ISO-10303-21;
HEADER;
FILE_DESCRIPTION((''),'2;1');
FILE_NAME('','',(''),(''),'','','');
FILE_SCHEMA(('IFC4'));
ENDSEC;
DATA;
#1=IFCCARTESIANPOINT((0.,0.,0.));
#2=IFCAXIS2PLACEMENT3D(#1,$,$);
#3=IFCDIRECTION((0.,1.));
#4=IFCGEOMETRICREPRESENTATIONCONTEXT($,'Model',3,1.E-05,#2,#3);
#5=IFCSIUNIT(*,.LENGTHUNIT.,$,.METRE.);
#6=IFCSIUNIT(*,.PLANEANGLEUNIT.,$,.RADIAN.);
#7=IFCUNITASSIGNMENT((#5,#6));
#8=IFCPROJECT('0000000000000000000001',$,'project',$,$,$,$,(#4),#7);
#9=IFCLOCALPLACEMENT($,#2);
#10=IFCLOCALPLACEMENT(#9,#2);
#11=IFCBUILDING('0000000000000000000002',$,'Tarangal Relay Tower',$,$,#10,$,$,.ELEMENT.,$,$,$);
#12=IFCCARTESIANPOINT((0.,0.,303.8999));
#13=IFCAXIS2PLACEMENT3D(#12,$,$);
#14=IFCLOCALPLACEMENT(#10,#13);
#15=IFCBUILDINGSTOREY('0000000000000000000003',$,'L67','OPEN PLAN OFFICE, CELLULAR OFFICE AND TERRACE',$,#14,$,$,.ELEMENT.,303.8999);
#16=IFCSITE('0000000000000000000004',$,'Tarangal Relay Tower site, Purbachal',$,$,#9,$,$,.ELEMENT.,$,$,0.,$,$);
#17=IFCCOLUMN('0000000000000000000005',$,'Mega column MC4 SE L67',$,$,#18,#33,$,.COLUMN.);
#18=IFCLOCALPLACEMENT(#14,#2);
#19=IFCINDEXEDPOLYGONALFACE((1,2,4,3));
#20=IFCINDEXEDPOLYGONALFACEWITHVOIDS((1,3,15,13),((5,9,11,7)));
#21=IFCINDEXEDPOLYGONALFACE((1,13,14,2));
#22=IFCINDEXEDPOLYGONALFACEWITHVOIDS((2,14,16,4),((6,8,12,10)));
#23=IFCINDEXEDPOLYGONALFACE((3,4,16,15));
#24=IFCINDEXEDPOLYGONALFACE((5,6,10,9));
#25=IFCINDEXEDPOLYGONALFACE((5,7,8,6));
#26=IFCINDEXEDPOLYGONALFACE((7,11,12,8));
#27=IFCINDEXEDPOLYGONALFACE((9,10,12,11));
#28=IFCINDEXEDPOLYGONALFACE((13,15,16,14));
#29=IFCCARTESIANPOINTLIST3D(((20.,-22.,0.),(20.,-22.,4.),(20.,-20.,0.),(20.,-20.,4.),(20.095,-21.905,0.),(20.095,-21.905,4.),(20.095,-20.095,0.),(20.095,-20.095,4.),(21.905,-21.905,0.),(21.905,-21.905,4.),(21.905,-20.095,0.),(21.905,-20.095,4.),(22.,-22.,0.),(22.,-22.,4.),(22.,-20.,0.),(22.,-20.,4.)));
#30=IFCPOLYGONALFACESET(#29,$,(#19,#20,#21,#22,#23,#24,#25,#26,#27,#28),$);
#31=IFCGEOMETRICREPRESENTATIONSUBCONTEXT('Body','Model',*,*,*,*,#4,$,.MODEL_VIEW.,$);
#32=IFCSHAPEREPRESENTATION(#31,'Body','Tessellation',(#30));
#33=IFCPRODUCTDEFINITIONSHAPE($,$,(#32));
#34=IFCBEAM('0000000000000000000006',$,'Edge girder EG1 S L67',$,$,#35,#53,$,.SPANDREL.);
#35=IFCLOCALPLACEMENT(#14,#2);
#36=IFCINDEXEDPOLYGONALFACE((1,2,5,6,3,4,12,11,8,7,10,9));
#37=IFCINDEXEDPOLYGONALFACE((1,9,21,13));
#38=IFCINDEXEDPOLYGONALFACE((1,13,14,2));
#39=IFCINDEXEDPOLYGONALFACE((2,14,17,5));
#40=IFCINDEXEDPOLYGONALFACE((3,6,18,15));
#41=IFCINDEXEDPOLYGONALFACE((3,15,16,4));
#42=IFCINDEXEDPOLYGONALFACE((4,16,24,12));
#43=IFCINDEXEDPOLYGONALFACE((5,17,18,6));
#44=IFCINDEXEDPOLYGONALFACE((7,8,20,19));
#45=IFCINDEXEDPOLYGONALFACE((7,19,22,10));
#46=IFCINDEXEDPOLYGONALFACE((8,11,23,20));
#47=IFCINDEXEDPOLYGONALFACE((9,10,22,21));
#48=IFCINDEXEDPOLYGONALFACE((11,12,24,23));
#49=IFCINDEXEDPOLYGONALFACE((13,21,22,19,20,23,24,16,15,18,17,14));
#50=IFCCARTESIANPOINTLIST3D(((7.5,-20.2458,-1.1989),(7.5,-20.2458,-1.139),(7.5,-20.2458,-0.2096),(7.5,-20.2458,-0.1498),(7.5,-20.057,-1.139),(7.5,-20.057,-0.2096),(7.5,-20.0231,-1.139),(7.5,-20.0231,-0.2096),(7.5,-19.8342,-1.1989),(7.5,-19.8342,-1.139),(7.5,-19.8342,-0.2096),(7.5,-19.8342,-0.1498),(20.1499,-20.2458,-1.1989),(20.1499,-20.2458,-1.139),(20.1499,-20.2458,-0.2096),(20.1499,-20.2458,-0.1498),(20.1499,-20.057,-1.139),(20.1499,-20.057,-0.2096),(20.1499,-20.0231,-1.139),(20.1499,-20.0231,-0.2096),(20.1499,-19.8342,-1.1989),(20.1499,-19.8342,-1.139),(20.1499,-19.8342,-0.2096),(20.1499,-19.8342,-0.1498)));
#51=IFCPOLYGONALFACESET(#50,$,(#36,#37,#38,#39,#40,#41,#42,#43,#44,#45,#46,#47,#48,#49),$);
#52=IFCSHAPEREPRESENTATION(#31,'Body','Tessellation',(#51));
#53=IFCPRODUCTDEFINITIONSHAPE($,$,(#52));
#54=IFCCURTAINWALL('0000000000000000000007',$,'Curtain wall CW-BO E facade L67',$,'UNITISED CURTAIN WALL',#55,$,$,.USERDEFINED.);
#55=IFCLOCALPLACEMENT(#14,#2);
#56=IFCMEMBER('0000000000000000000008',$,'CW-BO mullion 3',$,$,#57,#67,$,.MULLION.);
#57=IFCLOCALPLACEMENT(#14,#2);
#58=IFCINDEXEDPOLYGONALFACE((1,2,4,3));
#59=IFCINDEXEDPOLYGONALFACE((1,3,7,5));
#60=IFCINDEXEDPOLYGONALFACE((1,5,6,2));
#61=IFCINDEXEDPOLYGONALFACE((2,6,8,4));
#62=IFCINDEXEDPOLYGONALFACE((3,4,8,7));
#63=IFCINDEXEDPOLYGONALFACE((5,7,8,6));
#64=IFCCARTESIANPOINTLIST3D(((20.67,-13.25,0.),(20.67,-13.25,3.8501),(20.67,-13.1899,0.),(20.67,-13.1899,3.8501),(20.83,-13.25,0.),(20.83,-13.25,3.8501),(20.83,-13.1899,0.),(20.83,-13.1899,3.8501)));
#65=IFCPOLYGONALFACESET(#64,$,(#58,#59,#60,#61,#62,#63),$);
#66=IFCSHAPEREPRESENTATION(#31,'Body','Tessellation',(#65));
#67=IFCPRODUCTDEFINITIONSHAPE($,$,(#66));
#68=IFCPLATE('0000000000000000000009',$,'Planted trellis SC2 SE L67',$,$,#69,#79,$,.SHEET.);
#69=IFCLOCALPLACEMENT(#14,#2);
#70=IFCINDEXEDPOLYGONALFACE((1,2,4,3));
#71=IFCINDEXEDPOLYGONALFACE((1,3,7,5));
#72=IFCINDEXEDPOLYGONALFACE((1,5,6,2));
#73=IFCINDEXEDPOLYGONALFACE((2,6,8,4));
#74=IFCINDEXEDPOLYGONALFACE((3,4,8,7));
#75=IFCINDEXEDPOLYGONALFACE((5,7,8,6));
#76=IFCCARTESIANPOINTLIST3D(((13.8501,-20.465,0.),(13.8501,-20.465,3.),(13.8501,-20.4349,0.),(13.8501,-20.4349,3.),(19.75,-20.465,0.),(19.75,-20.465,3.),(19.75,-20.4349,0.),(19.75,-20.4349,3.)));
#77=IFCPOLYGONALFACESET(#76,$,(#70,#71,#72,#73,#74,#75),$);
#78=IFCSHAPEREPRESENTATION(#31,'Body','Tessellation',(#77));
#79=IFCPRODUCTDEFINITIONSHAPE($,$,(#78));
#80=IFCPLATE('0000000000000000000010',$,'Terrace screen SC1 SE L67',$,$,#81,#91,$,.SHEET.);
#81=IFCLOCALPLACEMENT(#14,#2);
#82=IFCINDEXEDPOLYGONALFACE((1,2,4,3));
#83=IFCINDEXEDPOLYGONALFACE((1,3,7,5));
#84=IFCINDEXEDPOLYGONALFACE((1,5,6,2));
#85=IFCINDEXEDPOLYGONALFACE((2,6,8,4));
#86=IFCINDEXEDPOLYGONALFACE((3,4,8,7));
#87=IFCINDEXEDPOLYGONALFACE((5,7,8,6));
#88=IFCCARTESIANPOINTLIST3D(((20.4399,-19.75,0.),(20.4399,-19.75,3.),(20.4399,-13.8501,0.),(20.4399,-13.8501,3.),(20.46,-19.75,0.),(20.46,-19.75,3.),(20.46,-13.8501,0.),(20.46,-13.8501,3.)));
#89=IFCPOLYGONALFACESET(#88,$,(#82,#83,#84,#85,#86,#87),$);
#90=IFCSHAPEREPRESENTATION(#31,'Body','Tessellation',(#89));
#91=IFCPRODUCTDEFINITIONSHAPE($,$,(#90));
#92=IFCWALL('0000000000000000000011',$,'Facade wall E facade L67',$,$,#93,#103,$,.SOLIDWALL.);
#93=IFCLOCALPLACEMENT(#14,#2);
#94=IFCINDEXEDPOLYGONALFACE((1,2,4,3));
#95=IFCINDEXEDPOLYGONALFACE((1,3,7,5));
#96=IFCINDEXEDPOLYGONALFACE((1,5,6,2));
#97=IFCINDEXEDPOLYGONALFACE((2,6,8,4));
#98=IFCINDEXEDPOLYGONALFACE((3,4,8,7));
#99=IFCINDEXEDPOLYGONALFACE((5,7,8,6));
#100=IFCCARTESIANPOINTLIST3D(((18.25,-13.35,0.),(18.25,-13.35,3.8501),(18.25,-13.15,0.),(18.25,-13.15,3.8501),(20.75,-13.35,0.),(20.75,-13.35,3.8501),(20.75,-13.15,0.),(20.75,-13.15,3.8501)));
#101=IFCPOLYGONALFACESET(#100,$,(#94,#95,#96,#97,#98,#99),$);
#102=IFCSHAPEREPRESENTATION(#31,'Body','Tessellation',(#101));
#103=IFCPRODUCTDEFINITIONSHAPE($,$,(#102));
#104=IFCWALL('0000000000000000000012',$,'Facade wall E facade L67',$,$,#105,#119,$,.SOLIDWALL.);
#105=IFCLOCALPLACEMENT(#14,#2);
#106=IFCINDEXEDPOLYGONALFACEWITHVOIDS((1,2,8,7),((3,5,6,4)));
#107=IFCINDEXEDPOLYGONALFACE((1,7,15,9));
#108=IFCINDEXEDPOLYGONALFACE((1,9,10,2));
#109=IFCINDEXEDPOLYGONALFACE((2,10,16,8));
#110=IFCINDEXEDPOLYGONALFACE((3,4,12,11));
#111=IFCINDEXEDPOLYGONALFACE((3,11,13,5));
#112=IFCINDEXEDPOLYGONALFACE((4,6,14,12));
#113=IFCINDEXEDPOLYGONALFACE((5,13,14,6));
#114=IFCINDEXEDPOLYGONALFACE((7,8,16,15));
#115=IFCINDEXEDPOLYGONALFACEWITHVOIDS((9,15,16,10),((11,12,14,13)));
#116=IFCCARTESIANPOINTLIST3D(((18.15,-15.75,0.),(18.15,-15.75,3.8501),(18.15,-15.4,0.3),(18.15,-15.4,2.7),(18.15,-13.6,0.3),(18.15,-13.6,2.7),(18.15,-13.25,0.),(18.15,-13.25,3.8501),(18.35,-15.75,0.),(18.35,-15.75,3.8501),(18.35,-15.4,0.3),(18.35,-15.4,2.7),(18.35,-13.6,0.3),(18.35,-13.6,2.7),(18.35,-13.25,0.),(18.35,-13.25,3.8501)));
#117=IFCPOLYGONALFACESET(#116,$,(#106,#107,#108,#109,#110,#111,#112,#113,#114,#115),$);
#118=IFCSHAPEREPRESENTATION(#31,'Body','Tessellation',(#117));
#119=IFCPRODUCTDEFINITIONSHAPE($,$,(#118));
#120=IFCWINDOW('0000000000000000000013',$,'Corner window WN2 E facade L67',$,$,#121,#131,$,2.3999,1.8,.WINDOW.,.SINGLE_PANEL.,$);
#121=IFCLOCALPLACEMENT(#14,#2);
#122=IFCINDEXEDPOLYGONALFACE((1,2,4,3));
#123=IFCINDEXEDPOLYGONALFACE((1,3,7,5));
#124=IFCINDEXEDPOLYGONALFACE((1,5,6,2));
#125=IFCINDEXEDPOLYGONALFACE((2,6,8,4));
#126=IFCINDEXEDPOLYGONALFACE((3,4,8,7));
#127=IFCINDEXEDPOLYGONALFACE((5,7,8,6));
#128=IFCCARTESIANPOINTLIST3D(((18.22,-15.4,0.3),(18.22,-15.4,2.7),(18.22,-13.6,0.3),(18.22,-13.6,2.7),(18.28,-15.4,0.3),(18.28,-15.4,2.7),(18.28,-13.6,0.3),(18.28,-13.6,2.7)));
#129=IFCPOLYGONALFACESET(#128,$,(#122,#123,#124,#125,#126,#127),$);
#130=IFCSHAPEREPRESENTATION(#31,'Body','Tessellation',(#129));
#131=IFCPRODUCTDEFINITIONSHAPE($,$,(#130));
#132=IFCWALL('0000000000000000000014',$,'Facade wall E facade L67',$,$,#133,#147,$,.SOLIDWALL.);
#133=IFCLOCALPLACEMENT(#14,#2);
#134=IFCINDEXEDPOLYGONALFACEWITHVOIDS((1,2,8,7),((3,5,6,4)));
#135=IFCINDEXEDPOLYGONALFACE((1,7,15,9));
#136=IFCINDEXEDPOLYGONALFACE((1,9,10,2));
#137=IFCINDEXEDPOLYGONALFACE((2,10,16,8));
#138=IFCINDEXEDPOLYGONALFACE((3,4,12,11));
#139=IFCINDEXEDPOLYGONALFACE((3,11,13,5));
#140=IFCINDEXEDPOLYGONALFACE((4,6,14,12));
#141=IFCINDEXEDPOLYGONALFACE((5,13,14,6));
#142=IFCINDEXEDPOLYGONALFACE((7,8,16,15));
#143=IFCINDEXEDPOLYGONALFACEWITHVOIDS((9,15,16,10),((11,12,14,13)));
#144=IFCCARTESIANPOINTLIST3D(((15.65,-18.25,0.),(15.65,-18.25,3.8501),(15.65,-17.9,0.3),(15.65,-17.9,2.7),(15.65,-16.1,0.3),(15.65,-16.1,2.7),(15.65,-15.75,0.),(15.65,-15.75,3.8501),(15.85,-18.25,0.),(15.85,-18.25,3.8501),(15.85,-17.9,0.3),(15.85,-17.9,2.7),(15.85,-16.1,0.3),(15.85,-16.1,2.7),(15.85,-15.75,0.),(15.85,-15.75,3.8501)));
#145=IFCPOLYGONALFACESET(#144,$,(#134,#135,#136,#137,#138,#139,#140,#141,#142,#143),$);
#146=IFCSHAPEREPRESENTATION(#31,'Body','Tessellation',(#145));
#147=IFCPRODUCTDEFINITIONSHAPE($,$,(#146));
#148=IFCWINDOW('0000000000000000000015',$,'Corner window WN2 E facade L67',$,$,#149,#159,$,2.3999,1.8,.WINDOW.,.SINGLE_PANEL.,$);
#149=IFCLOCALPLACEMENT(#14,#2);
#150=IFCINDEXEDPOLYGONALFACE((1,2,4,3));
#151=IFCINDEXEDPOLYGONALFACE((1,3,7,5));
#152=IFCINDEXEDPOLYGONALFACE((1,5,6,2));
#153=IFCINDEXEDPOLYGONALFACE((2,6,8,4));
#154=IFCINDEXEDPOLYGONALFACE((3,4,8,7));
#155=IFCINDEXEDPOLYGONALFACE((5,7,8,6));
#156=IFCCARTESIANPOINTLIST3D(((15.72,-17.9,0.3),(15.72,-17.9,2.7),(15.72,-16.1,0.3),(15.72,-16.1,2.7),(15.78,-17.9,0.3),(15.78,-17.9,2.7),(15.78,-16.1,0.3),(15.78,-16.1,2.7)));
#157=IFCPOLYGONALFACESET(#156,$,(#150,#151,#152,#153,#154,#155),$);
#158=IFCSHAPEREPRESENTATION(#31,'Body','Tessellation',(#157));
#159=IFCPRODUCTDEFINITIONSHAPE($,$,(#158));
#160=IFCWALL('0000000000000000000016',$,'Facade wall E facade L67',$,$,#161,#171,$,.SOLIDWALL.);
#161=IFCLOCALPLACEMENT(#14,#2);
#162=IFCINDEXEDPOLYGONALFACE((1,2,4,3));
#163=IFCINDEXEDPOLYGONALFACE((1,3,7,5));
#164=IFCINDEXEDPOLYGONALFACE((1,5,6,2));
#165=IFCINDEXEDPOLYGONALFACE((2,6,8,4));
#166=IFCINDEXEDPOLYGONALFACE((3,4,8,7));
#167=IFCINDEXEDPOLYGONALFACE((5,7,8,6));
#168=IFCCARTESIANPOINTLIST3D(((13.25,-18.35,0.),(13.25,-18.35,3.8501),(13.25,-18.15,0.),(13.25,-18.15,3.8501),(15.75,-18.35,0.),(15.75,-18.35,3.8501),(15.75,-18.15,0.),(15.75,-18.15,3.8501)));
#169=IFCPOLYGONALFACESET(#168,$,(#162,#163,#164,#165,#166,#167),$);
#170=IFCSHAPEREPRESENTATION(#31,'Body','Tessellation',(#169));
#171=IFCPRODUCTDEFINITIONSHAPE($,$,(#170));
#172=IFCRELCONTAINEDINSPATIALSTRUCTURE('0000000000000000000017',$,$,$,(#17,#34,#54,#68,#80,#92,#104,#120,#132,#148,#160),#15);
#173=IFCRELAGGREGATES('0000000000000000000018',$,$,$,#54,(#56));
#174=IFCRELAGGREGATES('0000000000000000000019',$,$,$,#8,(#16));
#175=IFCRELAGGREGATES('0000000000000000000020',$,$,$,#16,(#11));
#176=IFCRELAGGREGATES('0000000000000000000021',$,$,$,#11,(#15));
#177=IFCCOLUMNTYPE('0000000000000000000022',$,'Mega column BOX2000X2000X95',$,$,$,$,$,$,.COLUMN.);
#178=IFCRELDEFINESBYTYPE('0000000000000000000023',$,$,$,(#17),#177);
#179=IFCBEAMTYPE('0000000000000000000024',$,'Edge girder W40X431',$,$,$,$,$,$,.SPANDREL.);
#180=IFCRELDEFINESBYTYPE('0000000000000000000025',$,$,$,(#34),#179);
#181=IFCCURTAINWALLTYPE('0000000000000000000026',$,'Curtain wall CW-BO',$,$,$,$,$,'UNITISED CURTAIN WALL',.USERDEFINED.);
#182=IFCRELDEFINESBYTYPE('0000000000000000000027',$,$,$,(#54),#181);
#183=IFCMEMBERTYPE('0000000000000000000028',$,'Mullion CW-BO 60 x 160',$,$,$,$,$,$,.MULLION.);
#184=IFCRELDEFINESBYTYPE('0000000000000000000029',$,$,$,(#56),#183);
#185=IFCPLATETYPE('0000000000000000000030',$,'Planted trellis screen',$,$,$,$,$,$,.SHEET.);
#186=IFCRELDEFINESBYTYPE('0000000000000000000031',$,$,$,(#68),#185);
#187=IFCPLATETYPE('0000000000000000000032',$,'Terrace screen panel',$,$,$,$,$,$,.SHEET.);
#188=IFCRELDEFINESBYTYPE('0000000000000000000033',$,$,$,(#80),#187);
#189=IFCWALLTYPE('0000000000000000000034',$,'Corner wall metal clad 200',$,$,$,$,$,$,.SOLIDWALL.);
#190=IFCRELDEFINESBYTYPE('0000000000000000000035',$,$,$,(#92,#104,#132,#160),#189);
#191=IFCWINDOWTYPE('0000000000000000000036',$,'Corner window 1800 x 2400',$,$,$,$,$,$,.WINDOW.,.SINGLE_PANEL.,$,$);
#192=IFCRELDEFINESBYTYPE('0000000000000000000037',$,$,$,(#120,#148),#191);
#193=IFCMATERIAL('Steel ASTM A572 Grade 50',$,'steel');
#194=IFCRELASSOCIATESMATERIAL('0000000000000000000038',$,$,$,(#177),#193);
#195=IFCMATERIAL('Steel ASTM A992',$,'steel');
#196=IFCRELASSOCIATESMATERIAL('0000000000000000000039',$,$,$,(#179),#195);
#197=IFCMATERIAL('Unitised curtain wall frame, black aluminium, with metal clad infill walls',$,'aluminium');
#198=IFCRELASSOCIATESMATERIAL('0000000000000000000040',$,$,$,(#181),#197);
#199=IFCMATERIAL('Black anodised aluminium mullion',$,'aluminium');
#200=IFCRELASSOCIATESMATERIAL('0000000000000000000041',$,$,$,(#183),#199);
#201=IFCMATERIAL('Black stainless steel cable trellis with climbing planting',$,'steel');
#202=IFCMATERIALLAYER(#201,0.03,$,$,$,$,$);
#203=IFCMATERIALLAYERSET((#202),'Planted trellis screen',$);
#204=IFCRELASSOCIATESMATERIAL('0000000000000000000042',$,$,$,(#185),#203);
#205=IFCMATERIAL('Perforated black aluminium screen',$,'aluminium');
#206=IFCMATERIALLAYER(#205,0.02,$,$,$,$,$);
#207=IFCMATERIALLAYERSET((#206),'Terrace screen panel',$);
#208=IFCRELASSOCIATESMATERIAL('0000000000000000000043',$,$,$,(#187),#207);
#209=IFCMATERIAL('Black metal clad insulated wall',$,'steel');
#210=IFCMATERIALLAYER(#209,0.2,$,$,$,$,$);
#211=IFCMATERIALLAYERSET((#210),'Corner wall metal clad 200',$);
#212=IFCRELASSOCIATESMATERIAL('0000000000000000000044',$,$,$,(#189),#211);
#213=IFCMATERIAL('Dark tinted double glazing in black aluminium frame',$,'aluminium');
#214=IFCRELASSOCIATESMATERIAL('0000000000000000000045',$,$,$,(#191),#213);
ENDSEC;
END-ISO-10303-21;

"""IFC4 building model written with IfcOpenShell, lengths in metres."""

from ifc_helpers import new_model, si_unit, direction, frame, frame_2d, origin, origin_2d, place, context, subcontext, project, spatial, rectangle, hollow_rectangle, i_section, extrude, material, layer, layer_set, material_profile, profile_set, type_object, element, fill, aggregate, save


model = new_model("IFC4")

# Units and contexts
model_context = context("Model", 3, precision=1e-05, world=origin(), true_north=direction((0.0, 1.0)))
body_context = subcontext(model_context, "Body", "Model", "MODEL_VIEW")
ifc_project = project(units=[si_unit("LENGTHUNIT", "METRE"), si_unit("PLANEANGLEUNIT", "RADIAN")], contexts=[model_context])

# Site, building, storey
site_placement = place(None, origin())
site = spatial("IfcSite", under=ifc_project, at=site_placement, Name="Tarangal Relay Tower site, Purbachal", CompositionType="ELEMENT", RefElevation=0.0)
building_placement = place(site_placement, origin())
building = spatial("IfcBuilding", under=site, at=building_placement, Name="Tarangal Relay Tower", CompositionType="ELEMENT")
storey_placement = place(building_placement, frame((0.0, 0.0, 303.8999)))
storey = spatial("IfcBuildingStorey", under=building, at=storey_placement, Name="L67", Description="OPEN PLAN OFFICE, CELLULAR OFFICE AND TERRACE", CompositionType="ELEMENT", Elevation=303.8999)

# Column
ifc_material_1 = material(Name="Steel ASTM A572 Grade 50", Category="steel")
ifc_material_profile_1 = material_profile(ifc_material_1, hollow_rectangle(XDim=2.0, YDim=2.0, WallThickness=0.095, at=origin_2d()), Name="BOX2000X2000X95")
ifc_profile_set_1 = profile_set([ifc_material_profile_1], Name="Steel ASTM A572 Grade 50")
column_type = type_object("IfcColumnType", Name="Mega column BOX2000X2000X95", PredefinedType="COLUMN", material=ifc_profile_set_1)
column_placement = place(storey_placement, frame((21.0, -21.0, 0.0), z_axis=(0.0, 0.0, 1.0), x_axis=(1.0, 0.0, 0.0)))
element("IfcColumn", 1, at=column_placement, inside=storey, type_object=column_type, Name="Mega column MC4 SE L67", PredefinedType="COLUMN", context=body_context, shape_type="SweptSolid", body=[
    extrude(hollow_rectangle(XDim=2.0, YDim=2.0, WallThickness=0.095, at=origin_2d()), origin(), (0.0, 0.0, 1.0), 4.0),
])

# Beam
ifc_material_2 = material(Name="Steel ASTM A992", Category="steel")
ifc_material_profile_2 = material_profile(ifc_material_2, i_section(OverallWidth=0.4116, OverallDepth=1.0491, WebThickness=0.0339, FlangeThickness=0.0598, at=origin_2d()), Name="W40X431")
ifc_profile_set_2 = profile_set([ifc_material_profile_2], Name="Steel ASTM A992")
beam_type = type_object("IfcBeamType", Name="Edge girder W40X431", PredefinedType="SPANDREL", material=ifc_profile_set_2)
beam_placement = place(storey_placement, frame((20.1499, -20.04, -0.6743), z_axis=(-1.0, 0.0, 0.0), x_axis=(0.0, -1.0, 0.0)))
element("IfcBeam", 2, at=beam_placement, inside=storey, type_object=beam_type, Name="Edge girder EG1 S L67", PredefinedType="SPANDREL", context=body_context, shape_type="SweptSolid", body=[
    extrude(i_section(OverallWidth=0.4116, OverallDepth=1.0491, WebThickness=0.0339, FlangeThickness=0.0598, at=origin_2d()), origin(), (0.0, 0.0, 1.0), 12.6499),
])

# Curtain wall, member
ifc_material_3 = material(Name="Unitised curtain wall frame, black aluminium, with metal clad infill walls", Category="aluminium")
curtain_wall_type = type_object("IfcCurtainWallType", Name="Curtain wall CW-BO", ElementType="UNITISED CURTAIN WALL", PredefinedType="USERDEFINED", material=ifc_material_3)
curtain_wall_placement = place(storey_placement, origin())
curtain_wall = element("IfcCurtainWall", 3, at=curtain_wall_placement, inside=storey, type_object=curtain_wall_type, Name="Curtain wall CW-BO E facade L67", ObjectType="UNITISED CURTAIN WALL", PredefinedType="USERDEFINED")
ifc_material_4 = material(Name="Black anodised aluminium mullion", Category="aluminium")
ifc_material_profile_3 = material_profile(ifc_material_4, rectangle(XDim=0.1599, YDim=0.0601, at=origin_2d()), Name="CW-BOM 60X160")
ifc_profile_set_3 = profile_set([ifc_material_profile_3], Name="Black anodised aluminium mullion")
member_type = type_object("IfcMemberType", Name="Mullion CW-BO 60 x 160", PredefinedType="MULLION", material=ifc_profile_set_3)
member_placement = place(storey_placement, frame((20.75, -13.22, 0.0), z_axis=(0.0, 0.0, 1.0), x_axis=(1.0, 0.0, 0.0)))
member = element("IfcMember", 4, at=member_placement, type_object=member_type, Name="CW-BO mullion 3", PredefinedType="MULLION", context=body_context, shape_type="SweptSolid", body=[
    extrude(rectangle(XDim=0.1599, YDim=0.0601, at=origin_2d()), origin(), (0.0, 0.0, 1.0), 3.8501),
])
aggregate(curtain_wall, [member])

# Plates
ifc_material_5 = material(Name="Black stainless steel cable trellis with climbing planting", Category="steel")
ifc_layer_1 = layer(ifc_material_5, 0.03)
ifc_layer_set_1 = layer_set([ifc_layer_1], Name="Planted trellis screen")
plate_type_1 = type_object("IfcPlateType", Name="Planted trellis screen", PredefinedType="SHEET", material=ifc_layer_set_1)
plate_1_placement = place(storey_placement, frame((16.8, -20.45, 0.0), z_axis=(0.0, 0.0, 1.0), x_axis=(-1.0, 0.0, 0.0)))
element("IfcPlate", 5, at=plate_1_placement, inside=storey, type_object=plate_type_1, Name="Planted trellis SC2 SE L67", PredefinedType="SHEET", context=body_context, shape_type="SweptSolid", body=[
    extrude(rectangle(XDim=5.8999, YDim=0.03, at=origin_2d()), origin(), (0.0, 0.0, 1.0), 3.0),
])
ifc_material_6 = material(Name="Perforated black aluminium screen", Category="aluminium")
ifc_layer_2 = layer(ifc_material_6, 0.02)
ifc_layer_set_2 = layer_set([ifc_layer_2], Name="Terrace screen panel")
plate_type_2 = type_object("IfcPlateType", Name="Terrace screen panel", PredefinedType="SHEET", material=ifc_layer_set_2)
plate_2_placement = place(storey_placement, frame((20.45, -16.8, 0.0), z_axis=(0.0, 0.0, 1.0), x_axis=(0.0, -1.0, 0.0)))
element("IfcPlate", 6, at=plate_2_placement, inside=storey, type_object=plate_type_2, Name="Terrace screen SC1 SE L67", PredefinedType="SHEET", context=body_context, shape_type="SweptSolid", body=[
    extrude(rectangle(XDim=5.8999, YDim=0.02, at=origin_2d()), origin(), (0.0, 0.0, 1.0), 3.0),
])

# Wall
ifc_material_7 = material(Name="Black metal clad insulated wall", Category="steel")
ifc_layer_3 = layer(ifc_material_7, 0.2)
ifc_layer_set_3 = layer_set([ifc_layer_3], Name="Corner wall metal clad 200")
wall_type_1 = type_object("IfcWallType", Name="Corner wall metal clad 200", PredefinedType="SOLIDWALL", material=ifc_layer_set_3)
wall_1_placement = place(storey_placement, frame((20.75, -13.25, 0.0), z_axis=(0.0, 0.0, 1.0), x_axis=(-1.0, 0.0, 0.0)))
element("IfcWall", 7, at=wall_1_placement, inside=storey, type_object=wall_type_1, Name="Facade wall E facade L67", PredefinedType="SOLIDWALL", context=body_context, shape_type="SweptSolid", body=[
    extrude(rectangle(XDim=2.5, YDim=0.2, at=frame_2d((1.25, 0.0))), origin(), (0.0, 0.0, 1.0), 3.8501),
])

# Wall, opening, window
wall_2_placement = place(storey_placement, frame((18.25, -13.25, 0.0), z_axis=(0.0, 0.0, 1.0), x_axis=(0.0, -1.0, 0.0)))
wall_2 = element("IfcWall", 8, at=wall_2_placement, inside=storey, type_object=wall_type_1, Name="Facade wall E facade L67", PredefinedType="SOLIDWALL", context=body_context, shape_type="SweptSolid", body=[
    extrude(rectangle(XDim=2.5, YDim=0.2, at=frame_2d((1.25, 0.0))), origin(), (0.0, 0.0, 1.0), 3.8501),
])
opening_1_placement = place(wall_2_placement, frame((0.3501, 0.0, 0.3)))
opening_1 = element("IfcOpeningElement", 9, at=opening_1_placement, cuts=wall_2, PredefinedType="OPENING", context=body_context, shape_type="SweptSolid", body=[
    extrude(rectangle(XDim=1.8, YDim=2.3999, at=frame_2d((0.8999, 1.2))), frame((0.0, 0.1099, 0.0), z_axis=(0.0, -1.0, 0.0), x_axis=(1.0, 0.0, 0.0)), (0.0, 0.0, 1.0), 0.22),
])
ifc_material_8 = material(Name="Dark tinted double glazing in black aluminium frame", Category="aluminium")
window_type = type_object("IfcWindowType", Name="Corner window 1800 x 2400", PartitioningType="SINGLE_PANEL", PredefinedType="WINDOW", material=ifc_material_8)
window_1_placement = place(opening_1_placement, origin())
window_1 = element("IfcWindow", 10, at=window_1_placement, inside=storey, type_object=window_type, Name="Corner window WN2 E facade L67", OverallHeight=2.3999, OverallWidth=1.8, PartitioningType="SINGLE_PANEL", PredefinedType="WINDOW", context=body_context, shape_type="SweptSolid", body=[
    extrude(rectangle(XDim=1.8, YDim=2.3999, at=frame_2d((0.8999, 1.2))), frame((0.0, 0.03, 0.0), z_axis=(0.0, -1.0, 0.0), x_axis=(1.0, 0.0, 0.0)), (0.0, 0.0, 1.0), 0.0601),
])
fill(opening_1, window_1)

# Wall, opening, window
wall_3_placement = place(storey_placement, frame((15.75, -15.75, 0.0), z_axis=(0.0, 0.0, 1.0), x_axis=(0.0, -1.0, 0.0)))
wall_3 = element("IfcWall", 11, at=wall_3_placement, inside=storey, type_object=wall_type_1, Name="Facade wall E facade L67", PredefinedType="SOLIDWALL", context=body_context, shape_type="SweptSolid", body=[
    extrude(rectangle(XDim=2.5, YDim=0.2, at=frame_2d((1.25, 0.0))), origin(), (0.0, 0.0, 1.0), 3.8501),
])
opening_2_placement = place(wall_3_placement, frame((0.3501, 0.0, 0.3)))
opening_2 = element("IfcOpeningElement", 12, at=opening_2_placement, cuts=wall_3, PredefinedType="OPENING", context=body_context, shape_type="SweptSolid", body=[
    extrude(rectangle(XDim=1.8, YDim=2.3999, at=frame_2d((0.8999, 1.2))), frame((0.0, 0.1099, 0.0), z_axis=(0.0, -1.0, 0.0), x_axis=(1.0, 0.0, 0.0)), (0.0, 0.0, 1.0), 0.22),
])
window_2_placement = place(opening_2_placement, origin())
window_2 = element("IfcWindow", 13, at=window_2_placement, inside=storey, type_object=window_type, Name="Corner window WN2 E facade L67", OverallHeight=2.3999, OverallWidth=1.8, PartitioningType="SINGLE_PANEL", PredefinedType="WINDOW", context=body_context, shape_type="SweptSolid", body=[
    extrude(rectangle(XDim=1.8, YDim=2.3999, at=frame_2d((0.8999, 1.2))), frame((0.0, 0.03, 0.0), z_axis=(0.0, -1.0, 0.0), x_axis=(1.0, 0.0, 0.0)), (0.0, 0.0, 1.0), 0.0601),
])
fill(opening_2, window_2)

# Wall
wall_4_placement = place(storey_placement, frame((15.75, -18.25, 0.0), z_axis=(0.0, 0.0, 1.0), x_axis=(-1.0, 0.0, 0.0)))
element("IfcWall", 14, at=wall_4_placement, inside=storey, type_object=wall_type_1, Name="Facade wall E facade L67", PredefinedType="SOLIDWALL", context=body_context, shape_type="SweptSolid", body=[
    extrude(rectangle(XDim=2.5, YDim=0.2, at=frame_2d((1.25, 0.0))), origin(), (0.0, 0.0, 1.0), 3.8501),
])

save(model, "model.ifc")
